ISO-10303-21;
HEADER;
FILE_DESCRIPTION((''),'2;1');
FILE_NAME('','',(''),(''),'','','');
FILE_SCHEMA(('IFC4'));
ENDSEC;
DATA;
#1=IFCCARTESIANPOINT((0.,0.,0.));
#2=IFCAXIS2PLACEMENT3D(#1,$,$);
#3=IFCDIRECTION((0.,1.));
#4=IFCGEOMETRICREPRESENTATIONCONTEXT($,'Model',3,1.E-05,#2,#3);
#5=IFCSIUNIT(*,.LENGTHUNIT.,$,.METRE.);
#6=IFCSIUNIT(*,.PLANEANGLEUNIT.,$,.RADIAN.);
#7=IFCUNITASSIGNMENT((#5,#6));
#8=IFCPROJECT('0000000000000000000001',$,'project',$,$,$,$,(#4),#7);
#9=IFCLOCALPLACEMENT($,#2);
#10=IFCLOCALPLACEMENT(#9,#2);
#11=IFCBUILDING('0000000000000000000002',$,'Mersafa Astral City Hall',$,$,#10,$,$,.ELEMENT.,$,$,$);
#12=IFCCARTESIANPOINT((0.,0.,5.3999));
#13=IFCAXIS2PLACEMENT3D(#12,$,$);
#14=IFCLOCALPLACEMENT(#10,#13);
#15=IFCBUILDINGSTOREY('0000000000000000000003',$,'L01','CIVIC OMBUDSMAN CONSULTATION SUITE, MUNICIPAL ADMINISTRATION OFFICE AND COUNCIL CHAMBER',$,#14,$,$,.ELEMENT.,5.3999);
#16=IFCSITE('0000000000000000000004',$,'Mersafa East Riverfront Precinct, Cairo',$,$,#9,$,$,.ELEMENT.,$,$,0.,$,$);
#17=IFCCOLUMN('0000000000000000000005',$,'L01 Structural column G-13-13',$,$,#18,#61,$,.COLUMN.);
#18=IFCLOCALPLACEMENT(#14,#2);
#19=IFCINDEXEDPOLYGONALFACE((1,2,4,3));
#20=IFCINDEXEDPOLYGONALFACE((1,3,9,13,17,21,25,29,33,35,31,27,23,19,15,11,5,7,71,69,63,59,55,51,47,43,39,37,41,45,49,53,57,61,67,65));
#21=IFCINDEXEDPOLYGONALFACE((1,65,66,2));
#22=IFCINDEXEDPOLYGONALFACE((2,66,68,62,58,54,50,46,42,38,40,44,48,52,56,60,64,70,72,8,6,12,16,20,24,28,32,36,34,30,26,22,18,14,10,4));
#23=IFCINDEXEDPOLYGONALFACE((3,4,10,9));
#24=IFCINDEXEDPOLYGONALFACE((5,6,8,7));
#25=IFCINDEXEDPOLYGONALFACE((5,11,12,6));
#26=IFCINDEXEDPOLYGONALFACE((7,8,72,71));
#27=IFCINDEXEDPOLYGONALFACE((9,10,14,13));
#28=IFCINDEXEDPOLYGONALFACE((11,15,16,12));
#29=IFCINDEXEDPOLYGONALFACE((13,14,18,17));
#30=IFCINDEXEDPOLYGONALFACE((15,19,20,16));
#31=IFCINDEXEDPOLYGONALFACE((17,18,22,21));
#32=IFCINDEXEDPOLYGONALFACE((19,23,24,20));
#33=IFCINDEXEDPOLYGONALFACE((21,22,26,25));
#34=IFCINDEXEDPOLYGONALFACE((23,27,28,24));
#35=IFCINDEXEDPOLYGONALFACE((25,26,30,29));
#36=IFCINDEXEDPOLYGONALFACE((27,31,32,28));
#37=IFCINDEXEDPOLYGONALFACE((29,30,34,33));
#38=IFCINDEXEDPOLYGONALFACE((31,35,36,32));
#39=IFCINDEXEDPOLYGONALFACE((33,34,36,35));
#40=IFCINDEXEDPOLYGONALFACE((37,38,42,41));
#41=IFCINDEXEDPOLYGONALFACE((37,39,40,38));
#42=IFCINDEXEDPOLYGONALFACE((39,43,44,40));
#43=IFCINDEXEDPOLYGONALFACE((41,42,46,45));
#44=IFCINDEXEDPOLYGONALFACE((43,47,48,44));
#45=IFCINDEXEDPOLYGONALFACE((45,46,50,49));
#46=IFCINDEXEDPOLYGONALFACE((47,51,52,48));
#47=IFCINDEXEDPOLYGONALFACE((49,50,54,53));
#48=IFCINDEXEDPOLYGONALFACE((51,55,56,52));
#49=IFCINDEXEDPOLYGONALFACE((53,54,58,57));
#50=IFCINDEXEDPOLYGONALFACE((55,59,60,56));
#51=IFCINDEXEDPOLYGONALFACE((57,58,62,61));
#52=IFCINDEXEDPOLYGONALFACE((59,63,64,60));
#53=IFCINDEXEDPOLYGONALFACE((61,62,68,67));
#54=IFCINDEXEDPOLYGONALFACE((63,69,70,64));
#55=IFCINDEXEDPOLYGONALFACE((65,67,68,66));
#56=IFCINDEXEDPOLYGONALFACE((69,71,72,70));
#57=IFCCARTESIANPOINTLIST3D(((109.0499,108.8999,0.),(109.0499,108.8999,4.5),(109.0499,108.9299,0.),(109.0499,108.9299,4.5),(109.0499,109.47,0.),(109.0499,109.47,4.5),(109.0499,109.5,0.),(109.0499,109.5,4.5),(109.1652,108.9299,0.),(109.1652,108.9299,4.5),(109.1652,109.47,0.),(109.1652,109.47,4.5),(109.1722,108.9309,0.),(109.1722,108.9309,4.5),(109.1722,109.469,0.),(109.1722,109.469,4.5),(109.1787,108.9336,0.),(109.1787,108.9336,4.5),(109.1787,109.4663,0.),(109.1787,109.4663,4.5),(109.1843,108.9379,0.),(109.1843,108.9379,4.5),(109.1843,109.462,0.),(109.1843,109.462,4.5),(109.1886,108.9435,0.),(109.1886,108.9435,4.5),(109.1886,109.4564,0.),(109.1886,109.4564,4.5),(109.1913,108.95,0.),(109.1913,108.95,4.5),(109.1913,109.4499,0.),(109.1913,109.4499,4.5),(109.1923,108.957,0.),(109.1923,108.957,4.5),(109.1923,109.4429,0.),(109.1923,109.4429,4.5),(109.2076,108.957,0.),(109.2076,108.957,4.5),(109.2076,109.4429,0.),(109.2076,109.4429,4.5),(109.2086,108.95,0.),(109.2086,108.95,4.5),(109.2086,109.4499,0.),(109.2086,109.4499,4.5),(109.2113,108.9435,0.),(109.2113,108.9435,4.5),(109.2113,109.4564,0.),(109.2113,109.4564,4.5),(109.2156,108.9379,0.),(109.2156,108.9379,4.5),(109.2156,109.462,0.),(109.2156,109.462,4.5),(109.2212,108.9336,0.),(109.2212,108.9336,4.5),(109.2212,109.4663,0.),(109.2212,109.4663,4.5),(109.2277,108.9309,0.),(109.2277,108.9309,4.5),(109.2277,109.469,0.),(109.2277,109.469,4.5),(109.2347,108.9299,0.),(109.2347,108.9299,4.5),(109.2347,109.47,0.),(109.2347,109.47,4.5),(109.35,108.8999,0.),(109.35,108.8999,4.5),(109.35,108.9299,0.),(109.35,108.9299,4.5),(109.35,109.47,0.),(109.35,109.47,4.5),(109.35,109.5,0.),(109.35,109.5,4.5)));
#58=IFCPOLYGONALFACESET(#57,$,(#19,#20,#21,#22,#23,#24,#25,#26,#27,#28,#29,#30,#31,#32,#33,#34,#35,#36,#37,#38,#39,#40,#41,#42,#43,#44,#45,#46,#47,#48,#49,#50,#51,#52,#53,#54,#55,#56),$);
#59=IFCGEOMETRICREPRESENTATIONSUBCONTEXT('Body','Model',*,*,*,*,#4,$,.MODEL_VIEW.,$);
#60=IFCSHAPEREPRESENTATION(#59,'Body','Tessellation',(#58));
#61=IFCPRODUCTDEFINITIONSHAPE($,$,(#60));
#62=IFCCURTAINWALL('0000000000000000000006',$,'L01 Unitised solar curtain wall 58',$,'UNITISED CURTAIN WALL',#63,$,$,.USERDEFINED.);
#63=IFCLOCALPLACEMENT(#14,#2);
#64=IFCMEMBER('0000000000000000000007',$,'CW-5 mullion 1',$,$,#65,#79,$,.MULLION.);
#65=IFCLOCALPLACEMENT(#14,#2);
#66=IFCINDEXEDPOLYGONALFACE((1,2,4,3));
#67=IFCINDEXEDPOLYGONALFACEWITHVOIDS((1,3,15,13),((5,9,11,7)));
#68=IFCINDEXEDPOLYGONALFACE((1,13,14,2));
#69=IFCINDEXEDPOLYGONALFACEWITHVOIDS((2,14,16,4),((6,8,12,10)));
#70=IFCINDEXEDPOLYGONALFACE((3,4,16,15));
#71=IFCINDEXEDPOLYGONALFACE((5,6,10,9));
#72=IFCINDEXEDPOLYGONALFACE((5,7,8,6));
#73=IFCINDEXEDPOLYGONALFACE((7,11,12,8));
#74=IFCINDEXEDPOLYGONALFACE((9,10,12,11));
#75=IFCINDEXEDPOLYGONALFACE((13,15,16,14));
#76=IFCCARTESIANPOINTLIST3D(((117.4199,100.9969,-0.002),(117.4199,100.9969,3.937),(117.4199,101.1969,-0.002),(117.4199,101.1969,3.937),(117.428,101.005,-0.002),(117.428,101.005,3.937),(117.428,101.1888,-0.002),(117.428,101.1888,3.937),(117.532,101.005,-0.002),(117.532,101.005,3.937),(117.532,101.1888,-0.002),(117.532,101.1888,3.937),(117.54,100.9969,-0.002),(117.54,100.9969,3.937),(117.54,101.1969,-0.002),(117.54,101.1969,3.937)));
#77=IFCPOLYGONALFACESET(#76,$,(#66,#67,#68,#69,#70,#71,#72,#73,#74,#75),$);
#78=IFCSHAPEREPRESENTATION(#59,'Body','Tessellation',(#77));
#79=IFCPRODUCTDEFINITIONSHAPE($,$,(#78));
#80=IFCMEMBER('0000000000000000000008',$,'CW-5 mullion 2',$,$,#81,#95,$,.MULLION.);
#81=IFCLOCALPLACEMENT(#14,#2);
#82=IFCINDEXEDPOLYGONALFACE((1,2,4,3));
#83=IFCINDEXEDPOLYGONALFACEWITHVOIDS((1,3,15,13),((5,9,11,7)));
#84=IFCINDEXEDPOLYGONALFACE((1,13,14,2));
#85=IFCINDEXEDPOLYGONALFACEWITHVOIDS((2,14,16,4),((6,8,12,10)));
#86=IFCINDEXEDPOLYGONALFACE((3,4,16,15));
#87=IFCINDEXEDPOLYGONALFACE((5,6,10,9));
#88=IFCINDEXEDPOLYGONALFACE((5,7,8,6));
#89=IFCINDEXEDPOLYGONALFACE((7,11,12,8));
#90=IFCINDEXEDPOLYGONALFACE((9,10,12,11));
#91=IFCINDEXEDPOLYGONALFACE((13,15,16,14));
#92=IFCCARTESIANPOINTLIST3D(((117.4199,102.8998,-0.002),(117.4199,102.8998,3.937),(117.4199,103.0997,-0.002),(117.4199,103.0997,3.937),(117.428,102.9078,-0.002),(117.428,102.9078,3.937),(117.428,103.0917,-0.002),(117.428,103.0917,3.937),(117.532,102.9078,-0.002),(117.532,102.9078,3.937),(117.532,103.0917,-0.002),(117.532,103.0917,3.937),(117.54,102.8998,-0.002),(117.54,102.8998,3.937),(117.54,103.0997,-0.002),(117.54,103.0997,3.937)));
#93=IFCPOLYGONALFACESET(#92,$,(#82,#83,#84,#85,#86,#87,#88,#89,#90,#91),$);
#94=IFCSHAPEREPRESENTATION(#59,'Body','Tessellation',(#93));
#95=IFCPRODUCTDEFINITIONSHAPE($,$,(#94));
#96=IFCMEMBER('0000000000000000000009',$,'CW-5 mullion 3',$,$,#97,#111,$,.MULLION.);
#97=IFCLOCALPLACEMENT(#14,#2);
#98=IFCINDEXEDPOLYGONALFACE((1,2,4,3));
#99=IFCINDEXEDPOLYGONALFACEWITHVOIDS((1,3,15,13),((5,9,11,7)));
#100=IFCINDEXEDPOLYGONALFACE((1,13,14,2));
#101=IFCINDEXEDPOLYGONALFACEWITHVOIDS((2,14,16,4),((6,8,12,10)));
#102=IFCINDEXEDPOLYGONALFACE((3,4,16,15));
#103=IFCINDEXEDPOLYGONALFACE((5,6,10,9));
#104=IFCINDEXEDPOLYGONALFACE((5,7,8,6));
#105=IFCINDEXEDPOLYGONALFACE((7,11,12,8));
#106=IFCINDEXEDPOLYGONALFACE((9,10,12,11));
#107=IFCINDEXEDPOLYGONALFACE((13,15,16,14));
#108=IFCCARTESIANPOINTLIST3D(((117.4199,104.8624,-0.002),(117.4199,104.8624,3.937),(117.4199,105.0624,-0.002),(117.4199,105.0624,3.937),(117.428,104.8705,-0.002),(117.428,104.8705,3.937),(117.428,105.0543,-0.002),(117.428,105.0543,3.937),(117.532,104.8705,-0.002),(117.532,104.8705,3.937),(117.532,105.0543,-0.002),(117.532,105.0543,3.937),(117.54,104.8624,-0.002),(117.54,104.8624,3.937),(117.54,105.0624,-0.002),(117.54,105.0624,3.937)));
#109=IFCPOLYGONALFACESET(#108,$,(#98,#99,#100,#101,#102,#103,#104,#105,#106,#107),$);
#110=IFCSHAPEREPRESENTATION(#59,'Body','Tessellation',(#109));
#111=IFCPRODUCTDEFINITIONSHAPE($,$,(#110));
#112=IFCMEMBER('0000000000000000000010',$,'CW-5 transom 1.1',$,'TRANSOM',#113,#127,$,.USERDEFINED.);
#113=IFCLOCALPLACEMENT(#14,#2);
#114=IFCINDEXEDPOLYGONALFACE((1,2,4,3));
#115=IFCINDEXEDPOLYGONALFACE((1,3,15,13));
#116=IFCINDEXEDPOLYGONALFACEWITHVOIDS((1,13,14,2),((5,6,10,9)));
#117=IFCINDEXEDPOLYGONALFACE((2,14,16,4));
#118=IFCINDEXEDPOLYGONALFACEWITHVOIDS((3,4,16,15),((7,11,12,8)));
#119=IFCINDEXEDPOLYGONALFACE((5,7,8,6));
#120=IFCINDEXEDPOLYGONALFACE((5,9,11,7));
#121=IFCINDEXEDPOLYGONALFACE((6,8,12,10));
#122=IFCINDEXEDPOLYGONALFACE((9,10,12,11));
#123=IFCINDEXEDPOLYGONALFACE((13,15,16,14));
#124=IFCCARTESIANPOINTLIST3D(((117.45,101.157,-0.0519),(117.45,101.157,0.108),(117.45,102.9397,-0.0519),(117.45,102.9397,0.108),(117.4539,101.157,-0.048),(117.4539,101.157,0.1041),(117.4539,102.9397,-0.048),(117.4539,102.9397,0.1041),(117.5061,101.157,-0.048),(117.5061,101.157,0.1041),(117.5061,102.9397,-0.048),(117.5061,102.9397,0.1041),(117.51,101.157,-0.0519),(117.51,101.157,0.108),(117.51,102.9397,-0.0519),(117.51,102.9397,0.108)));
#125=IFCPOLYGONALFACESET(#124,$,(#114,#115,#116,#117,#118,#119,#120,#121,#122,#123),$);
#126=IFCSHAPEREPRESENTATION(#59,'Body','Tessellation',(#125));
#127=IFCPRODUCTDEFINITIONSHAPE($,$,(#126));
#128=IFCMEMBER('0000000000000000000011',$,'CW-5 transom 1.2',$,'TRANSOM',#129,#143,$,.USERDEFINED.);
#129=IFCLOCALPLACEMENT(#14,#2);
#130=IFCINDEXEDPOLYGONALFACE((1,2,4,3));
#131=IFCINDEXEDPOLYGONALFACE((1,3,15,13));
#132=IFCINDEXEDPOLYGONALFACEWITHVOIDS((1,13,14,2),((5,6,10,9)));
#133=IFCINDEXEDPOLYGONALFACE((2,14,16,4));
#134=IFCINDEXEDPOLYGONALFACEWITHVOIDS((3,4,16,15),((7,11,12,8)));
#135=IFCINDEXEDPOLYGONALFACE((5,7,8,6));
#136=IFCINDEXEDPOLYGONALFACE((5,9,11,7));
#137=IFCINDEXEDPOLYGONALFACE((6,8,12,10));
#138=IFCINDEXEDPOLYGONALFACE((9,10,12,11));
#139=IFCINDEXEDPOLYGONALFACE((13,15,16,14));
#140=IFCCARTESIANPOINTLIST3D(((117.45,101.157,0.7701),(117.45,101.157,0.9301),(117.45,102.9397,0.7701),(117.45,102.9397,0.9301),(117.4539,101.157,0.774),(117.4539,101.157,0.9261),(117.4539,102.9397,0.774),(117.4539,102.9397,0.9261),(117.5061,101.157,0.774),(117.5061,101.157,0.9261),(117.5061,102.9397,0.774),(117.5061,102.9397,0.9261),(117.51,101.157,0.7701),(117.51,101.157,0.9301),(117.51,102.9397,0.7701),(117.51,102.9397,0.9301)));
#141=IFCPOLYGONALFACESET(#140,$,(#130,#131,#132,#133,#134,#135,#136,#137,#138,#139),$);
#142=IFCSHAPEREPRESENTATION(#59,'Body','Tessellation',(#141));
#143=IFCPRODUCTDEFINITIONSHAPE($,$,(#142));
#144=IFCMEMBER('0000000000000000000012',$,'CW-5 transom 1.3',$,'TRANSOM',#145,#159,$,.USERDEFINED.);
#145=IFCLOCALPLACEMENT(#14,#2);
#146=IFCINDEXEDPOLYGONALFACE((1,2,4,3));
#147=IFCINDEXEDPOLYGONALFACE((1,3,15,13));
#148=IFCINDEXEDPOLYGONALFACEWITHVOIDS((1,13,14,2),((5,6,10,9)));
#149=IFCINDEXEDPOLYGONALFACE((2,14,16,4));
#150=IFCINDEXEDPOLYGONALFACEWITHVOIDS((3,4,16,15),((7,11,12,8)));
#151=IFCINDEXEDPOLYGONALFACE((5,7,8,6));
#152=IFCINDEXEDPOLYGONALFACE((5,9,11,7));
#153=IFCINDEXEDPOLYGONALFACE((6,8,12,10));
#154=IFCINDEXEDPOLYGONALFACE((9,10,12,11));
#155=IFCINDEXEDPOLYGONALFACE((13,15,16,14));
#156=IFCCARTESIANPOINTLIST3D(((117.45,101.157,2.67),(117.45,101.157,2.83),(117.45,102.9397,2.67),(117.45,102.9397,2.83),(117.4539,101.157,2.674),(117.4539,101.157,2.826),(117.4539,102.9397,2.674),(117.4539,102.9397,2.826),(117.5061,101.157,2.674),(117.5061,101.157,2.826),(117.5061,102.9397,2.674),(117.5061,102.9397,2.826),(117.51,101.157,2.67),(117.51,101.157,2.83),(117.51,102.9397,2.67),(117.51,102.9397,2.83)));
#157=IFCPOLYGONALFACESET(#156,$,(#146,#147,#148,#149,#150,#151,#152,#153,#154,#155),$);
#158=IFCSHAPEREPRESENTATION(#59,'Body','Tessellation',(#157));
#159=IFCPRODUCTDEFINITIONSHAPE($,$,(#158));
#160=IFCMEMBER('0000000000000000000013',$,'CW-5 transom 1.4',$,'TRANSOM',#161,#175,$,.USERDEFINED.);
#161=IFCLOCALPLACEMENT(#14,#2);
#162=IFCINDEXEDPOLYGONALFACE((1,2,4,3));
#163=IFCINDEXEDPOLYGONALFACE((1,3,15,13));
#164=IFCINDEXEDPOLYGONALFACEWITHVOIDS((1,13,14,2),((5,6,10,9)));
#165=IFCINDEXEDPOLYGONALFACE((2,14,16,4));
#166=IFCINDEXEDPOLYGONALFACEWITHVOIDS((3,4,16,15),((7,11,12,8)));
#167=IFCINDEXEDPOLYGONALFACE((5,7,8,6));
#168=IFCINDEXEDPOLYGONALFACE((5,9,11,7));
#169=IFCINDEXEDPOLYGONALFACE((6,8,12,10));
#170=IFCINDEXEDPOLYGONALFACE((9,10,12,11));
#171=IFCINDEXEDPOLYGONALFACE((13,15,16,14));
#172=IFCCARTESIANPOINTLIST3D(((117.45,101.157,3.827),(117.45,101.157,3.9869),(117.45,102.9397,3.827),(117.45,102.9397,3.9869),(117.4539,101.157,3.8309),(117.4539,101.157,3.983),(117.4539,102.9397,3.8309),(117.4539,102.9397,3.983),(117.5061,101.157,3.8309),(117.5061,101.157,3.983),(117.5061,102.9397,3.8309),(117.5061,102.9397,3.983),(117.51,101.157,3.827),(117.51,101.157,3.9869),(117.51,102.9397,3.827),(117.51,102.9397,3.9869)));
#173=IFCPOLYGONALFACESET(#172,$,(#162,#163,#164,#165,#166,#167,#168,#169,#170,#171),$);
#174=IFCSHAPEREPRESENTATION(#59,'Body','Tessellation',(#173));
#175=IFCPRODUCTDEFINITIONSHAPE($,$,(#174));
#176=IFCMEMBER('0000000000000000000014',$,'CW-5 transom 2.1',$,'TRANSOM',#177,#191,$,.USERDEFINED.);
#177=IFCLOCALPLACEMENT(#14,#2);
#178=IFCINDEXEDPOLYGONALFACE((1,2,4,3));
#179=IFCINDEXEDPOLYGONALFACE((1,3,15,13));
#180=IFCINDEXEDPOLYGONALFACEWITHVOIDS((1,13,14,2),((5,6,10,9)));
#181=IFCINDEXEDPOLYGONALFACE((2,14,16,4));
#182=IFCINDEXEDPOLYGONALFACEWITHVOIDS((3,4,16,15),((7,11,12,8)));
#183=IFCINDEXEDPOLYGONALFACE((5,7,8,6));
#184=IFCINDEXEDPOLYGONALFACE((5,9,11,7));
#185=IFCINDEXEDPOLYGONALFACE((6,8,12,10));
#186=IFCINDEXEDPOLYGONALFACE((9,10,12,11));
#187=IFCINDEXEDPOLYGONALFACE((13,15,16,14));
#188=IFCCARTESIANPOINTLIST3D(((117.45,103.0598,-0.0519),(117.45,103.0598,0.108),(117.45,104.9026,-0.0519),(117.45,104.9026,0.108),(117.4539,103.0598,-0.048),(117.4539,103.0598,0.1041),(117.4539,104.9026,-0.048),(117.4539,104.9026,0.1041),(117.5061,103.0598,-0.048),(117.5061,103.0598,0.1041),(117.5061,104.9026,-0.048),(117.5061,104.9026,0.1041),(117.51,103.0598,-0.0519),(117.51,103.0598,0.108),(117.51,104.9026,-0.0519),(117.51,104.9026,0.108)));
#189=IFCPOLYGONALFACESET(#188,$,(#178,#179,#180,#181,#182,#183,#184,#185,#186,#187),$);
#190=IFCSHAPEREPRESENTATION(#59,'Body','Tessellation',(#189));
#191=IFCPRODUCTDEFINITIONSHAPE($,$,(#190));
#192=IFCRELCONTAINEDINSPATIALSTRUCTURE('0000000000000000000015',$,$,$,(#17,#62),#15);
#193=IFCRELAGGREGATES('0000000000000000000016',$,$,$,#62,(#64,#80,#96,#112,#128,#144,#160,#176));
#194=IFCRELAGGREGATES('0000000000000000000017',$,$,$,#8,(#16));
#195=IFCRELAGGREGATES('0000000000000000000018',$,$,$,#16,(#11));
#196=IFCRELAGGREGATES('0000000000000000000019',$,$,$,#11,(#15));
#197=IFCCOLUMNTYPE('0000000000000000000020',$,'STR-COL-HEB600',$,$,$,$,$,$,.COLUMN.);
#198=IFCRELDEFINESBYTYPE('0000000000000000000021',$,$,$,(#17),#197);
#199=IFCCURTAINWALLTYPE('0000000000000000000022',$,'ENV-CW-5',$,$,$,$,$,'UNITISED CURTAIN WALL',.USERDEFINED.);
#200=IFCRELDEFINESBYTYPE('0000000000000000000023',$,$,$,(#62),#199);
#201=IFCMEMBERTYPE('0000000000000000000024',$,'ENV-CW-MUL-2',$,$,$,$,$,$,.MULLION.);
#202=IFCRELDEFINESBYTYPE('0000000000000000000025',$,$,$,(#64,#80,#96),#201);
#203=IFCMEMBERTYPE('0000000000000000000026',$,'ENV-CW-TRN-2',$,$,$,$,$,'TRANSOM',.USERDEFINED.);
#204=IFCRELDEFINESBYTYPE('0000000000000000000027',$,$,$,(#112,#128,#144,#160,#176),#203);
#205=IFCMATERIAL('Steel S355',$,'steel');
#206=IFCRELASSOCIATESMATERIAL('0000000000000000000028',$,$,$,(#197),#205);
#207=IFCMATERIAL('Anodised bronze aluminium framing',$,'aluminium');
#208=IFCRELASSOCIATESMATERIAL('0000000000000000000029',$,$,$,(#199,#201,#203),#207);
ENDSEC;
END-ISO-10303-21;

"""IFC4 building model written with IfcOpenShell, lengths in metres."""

from ifc_helpers import new_model, si_unit, direction, frame, origin, origin_2d, place, context, subcontext, project, spatial, hollow_rectangle, i_section, extrude, material, material_profile, profile_set, type_object, element, aggregate, save


model = new_model("IFC4")

# Units and contexts
model_context = context("Model", 3, precision=1e-05, world=origin(), true_north=direction((0.0, 1.0)))
body_context = subcontext(model_context, "Body", "Model", "MODEL_VIEW")
ifc_project = project(units=[si_unit("LENGTHUNIT", "METRE"), si_unit("PLANEANGLEUNIT", "RADIAN")], contexts=[model_context])

# Site, building, storey
site_placement = place(None, origin())
site = spatial("IfcSite", under=ifc_project, at=site_placement, Name="Mersafa East Riverfront Precinct, Cairo", CompositionType="ELEMENT", RefElevation=0.0)
building_placement = place(site_placement, origin())
building = spatial("IfcBuilding", under=site, at=building_placement, Name="Mersafa Astral City Hall", CompositionType="ELEMENT")
storey_placement = place(building_placement, frame((0.0, 0.0, 5.3999)))
storey = spatial("IfcBuildingStorey", under=building, at=storey_placement, Name="L01", Description="CIVIC OMBUDSMAN CONSULTATION SUITE, MUNICIPAL ADMINISTRATION OFFICE AND COUNCIL CHAMBER", CompositionType="ELEMENT", Elevation=5.3999)

# Column
ifc_material_1 = material(Name="Steel S355", Category="steel")
ifc_material_profile_1 = material_profile(ifc_material_1, i_section(OverallWidth=0.3, OverallDepth=0.6001, WebThickness=0.0154, FlangeThickness=0.03, FilletRadius=0.0271, at=origin_2d()), Name="HEB 600")
ifc_profile_set_1 = profile_set([ifc_material_profile_1], Name="Steel S355")
column_type = type_object("IfcColumnType", Name="STR-COL-HEB600", PredefinedType="COLUMN", material=ifc_profile_set_1)
column_placement = place(storey_placement, frame((109.2, 109.2, 0.0), z_axis=(0.0, 0.0, 1.0), x_axis=(1.0, 0.0, 0.0)))
element("IfcColumn", 1, at=column_placement, inside=storey, type_object=column_type, Name="L01 Structural column G-13-13", PredefinedType="COLUMN", context=body_context, shape_type="SweptSolid", body=[
    extrude(i_section(OverallWidth=0.3, OverallDepth=0.6001, WebThickness=0.0154, FlangeThickness=0.03, FilletRadius=0.0271, at=origin_2d()), origin(), (0.0, 0.0, 1.0), 4.5),
])

# Curtain wall, members
ifc_material_2 = material(Name="Anodised bronze aluminium framing", Category="aluminium")
curtain_wall_type = type_object("IfcCurtainWallType", Name="ENV-CW-5", ElementType="UNITISED CURTAIN WALL", PredefinedType="USERDEFINED", material=ifc_material_2)
curtain_wall_placement = place(storey_placement, origin())
curtain_wall = element("IfcCurtainWall", 2, at=curtain_wall_placement, inside=storey, type_object=curtain_wall_type, Name="L01 Unitised solar curtain wall 58", ObjectType="UNITISED CURTAIN WALL", PredefinedType="USERDEFINED")
ifc_material_profile_2 = material_profile(ifc_material_2, hollow_rectangle(XDim=0.1201, YDim=0.2, WallThickness=0.0081, at=origin_2d()), Name="RHS 120x200x8")
ifc_profile_set_2 = profile_set([ifc_material_profile_2], Name="Anodised bronze aluminium framing")
member_type_1 = type_object("IfcMemberType", Name="ENV-CW-MUL-2", PredefinedType="MULLION", material=ifc_profile_set_2)
member_1_placement = place(storey_placement, frame((117.48, 101.0969, -0.002), z_axis=(0.0, 0.0, 1.0), x_axis=(-1.0, 0.0, 0.0)))
member_1 = element("IfcMember", 3, at=member_1_placement, type_object=member_type_1, Name="CW-5 mullion 1", PredefinedType="MULLION", context=body_context, shape_type="SweptSolid", body=[
    extrude(hollow_rectangle(XDim=0.1201, YDim=0.2, WallThickness=0.0081, at=origin_2d()), origin(), (0.0, 0.0, 1.0), 3.939),
])
member_2_placement = place(storey_placement, frame((117.48, 102.9998, -0.002), z_axis=(0.0, 0.0, 1.0), x_axis=(-1.0, 0.0, 0.0)))
member_2 = element("IfcMember", 4, at=member_2_placement, type_object=member_type_1, Name="CW-5 mullion 2", PredefinedType="MULLION", context=body_context, shape_type="SweptSolid", body=[
    extrude(hollow_rectangle(XDim=0.1201, YDim=0.2, WallThickness=0.0081, at=origin_2d()), origin(), (0.0, 0.0, 1.0), 3.939),
])
member_3_placement = place(storey_placement, frame((117.48, 104.9624, -0.002), z_axis=(0.0, 0.0, 1.0), x_axis=(-1.0, 0.0, 0.0)))
member_3 = element("IfcMember", 5, at=member_3_placement, type_object=member_type_1, Name="CW-5 mullion 3", PredefinedType="MULLION", context=body_context, shape_type="SweptSolid", body=[
    extrude(hollow_rectangle(XDim=0.1201, YDim=0.2, WallThickness=0.0081, at=origin_2d()), origin(), (0.0, 0.0, 1.0), 3.939),
])
ifc_material_profile_3 = material_profile(ifc_material_2, hollow_rectangle(XDim=0.0601, YDim=0.1599, WallThickness=0.0039, at=origin_2d()), Name="RHS 60x160x4")
ifc_profile_set_3 = profile_set([ifc_material_profile_3], Name="Anodised bronze aluminium framing")
member_type_2 = type_object("IfcMemberType", Name="ENV-CW-TRN-2", ElementType="TRANSOM", PredefinedType="USERDEFINED", material=ifc_profile_set_3)
member_4_placement = place(storey_placement, frame((117.48, 101.157, 0.0281), z_axis=(0.0, 1.0, 0.0), x_axis=(-1.0, 0.0, 0.0)))
member_4 = element("IfcMember", 6, at=member_4_placement, type_object=member_type_2, Name="CW-5 transom 1.1", ObjectType="TRANSOM", PredefinedType="USERDEFINED", context=body_context, shape_type="SweptSolid", body=[
    extrude(hollow_rectangle(XDim=0.0601, YDim=0.1599, WallThickness=0.0039, at=origin_2d()), origin(), (0.0, 0.0, 1.0), 1.7827),
])
member_5_placement = place(storey_placement, frame((117.48, 101.157, 0.8501), z_axis=(0.0, 1.0, 0.0), x_axis=(-1.0, 0.0, 0.0)))
member_5 = element("IfcMember", 7, at=member_5_placement, type_object=member_type_2, Name="CW-5 transom 1.2", ObjectType="TRANSOM", PredefinedType="USERDEFINED", context=body_context, shape_type="SweptSolid", body=[
    extrude(hollow_rectangle(XDim=0.0601, YDim=0.1599, WallThickness=0.0039, at=origin_2d()), origin(), (0.0, 0.0, 1.0), 1.7827),
])
member_6_placement = place(storey_placement, frame((117.48, 101.157, 2.75), z_axis=(0.0, 1.0, 0.0), x_axis=(-1.0, 0.0, 0.0)))
member_6 = element("IfcMember", 8, at=member_6_placement, type_object=member_type_2, Name="CW-5 transom 1.3", ObjectType="TRANSOM", PredefinedType="USERDEFINED", context=body_context, shape_type="SweptSolid", body=[
    extrude(hollow_rectangle(XDim=0.0601, YDim=0.1599, WallThickness=0.0039, at=origin_2d()), origin(), (0.0, 0.0, 1.0), 1.7827),
])
member_7_placement = place(storey_placement, frame((117.48, 101.157, 3.907), z_axis=(0.0, 1.0, 0.0), x_axis=(-1.0, 0.0, 0.0)))
member_7 = element("IfcMember", 9, at=member_7_placement, type_object=member_type_2, Name="CW-5 transom 1.4", ObjectType="TRANSOM", PredefinedType="USERDEFINED", context=body_context, shape_type="SweptSolid", body=[
    extrude(hollow_rectangle(XDim=0.0601, YDim=0.1599, WallThickness=0.0039, at=origin_2d()), origin(), (0.0, 0.0, 1.0), 1.7827),
])
member_8_placement = place(storey_placement, frame((117.48, 103.0598, 0.0281), z_axis=(0.0, 1.0, 0.0), x_axis=(-1.0, 0.0, 0.0)))
member_8 = element("IfcMember", 10, at=member_8_placement, type_object=member_type_2, Name="CW-5 transom 2.1", ObjectType="TRANSOM", PredefinedType="USERDEFINED", context=body_context, shape_type="SweptSolid", body=[
    extrude(hollow_rectangle(XDim=0.0601, YDim=0.1599, WallThickness=0.0039, at=origin_2d()), origin(), (0.0, 0.0, 1.0), 1.8428),
])

aggregate(curtain_wall, [member_1, member_2, member_3, member_4, member_5, member_6, member_7, member_8])

save(model, "model.ifc")
